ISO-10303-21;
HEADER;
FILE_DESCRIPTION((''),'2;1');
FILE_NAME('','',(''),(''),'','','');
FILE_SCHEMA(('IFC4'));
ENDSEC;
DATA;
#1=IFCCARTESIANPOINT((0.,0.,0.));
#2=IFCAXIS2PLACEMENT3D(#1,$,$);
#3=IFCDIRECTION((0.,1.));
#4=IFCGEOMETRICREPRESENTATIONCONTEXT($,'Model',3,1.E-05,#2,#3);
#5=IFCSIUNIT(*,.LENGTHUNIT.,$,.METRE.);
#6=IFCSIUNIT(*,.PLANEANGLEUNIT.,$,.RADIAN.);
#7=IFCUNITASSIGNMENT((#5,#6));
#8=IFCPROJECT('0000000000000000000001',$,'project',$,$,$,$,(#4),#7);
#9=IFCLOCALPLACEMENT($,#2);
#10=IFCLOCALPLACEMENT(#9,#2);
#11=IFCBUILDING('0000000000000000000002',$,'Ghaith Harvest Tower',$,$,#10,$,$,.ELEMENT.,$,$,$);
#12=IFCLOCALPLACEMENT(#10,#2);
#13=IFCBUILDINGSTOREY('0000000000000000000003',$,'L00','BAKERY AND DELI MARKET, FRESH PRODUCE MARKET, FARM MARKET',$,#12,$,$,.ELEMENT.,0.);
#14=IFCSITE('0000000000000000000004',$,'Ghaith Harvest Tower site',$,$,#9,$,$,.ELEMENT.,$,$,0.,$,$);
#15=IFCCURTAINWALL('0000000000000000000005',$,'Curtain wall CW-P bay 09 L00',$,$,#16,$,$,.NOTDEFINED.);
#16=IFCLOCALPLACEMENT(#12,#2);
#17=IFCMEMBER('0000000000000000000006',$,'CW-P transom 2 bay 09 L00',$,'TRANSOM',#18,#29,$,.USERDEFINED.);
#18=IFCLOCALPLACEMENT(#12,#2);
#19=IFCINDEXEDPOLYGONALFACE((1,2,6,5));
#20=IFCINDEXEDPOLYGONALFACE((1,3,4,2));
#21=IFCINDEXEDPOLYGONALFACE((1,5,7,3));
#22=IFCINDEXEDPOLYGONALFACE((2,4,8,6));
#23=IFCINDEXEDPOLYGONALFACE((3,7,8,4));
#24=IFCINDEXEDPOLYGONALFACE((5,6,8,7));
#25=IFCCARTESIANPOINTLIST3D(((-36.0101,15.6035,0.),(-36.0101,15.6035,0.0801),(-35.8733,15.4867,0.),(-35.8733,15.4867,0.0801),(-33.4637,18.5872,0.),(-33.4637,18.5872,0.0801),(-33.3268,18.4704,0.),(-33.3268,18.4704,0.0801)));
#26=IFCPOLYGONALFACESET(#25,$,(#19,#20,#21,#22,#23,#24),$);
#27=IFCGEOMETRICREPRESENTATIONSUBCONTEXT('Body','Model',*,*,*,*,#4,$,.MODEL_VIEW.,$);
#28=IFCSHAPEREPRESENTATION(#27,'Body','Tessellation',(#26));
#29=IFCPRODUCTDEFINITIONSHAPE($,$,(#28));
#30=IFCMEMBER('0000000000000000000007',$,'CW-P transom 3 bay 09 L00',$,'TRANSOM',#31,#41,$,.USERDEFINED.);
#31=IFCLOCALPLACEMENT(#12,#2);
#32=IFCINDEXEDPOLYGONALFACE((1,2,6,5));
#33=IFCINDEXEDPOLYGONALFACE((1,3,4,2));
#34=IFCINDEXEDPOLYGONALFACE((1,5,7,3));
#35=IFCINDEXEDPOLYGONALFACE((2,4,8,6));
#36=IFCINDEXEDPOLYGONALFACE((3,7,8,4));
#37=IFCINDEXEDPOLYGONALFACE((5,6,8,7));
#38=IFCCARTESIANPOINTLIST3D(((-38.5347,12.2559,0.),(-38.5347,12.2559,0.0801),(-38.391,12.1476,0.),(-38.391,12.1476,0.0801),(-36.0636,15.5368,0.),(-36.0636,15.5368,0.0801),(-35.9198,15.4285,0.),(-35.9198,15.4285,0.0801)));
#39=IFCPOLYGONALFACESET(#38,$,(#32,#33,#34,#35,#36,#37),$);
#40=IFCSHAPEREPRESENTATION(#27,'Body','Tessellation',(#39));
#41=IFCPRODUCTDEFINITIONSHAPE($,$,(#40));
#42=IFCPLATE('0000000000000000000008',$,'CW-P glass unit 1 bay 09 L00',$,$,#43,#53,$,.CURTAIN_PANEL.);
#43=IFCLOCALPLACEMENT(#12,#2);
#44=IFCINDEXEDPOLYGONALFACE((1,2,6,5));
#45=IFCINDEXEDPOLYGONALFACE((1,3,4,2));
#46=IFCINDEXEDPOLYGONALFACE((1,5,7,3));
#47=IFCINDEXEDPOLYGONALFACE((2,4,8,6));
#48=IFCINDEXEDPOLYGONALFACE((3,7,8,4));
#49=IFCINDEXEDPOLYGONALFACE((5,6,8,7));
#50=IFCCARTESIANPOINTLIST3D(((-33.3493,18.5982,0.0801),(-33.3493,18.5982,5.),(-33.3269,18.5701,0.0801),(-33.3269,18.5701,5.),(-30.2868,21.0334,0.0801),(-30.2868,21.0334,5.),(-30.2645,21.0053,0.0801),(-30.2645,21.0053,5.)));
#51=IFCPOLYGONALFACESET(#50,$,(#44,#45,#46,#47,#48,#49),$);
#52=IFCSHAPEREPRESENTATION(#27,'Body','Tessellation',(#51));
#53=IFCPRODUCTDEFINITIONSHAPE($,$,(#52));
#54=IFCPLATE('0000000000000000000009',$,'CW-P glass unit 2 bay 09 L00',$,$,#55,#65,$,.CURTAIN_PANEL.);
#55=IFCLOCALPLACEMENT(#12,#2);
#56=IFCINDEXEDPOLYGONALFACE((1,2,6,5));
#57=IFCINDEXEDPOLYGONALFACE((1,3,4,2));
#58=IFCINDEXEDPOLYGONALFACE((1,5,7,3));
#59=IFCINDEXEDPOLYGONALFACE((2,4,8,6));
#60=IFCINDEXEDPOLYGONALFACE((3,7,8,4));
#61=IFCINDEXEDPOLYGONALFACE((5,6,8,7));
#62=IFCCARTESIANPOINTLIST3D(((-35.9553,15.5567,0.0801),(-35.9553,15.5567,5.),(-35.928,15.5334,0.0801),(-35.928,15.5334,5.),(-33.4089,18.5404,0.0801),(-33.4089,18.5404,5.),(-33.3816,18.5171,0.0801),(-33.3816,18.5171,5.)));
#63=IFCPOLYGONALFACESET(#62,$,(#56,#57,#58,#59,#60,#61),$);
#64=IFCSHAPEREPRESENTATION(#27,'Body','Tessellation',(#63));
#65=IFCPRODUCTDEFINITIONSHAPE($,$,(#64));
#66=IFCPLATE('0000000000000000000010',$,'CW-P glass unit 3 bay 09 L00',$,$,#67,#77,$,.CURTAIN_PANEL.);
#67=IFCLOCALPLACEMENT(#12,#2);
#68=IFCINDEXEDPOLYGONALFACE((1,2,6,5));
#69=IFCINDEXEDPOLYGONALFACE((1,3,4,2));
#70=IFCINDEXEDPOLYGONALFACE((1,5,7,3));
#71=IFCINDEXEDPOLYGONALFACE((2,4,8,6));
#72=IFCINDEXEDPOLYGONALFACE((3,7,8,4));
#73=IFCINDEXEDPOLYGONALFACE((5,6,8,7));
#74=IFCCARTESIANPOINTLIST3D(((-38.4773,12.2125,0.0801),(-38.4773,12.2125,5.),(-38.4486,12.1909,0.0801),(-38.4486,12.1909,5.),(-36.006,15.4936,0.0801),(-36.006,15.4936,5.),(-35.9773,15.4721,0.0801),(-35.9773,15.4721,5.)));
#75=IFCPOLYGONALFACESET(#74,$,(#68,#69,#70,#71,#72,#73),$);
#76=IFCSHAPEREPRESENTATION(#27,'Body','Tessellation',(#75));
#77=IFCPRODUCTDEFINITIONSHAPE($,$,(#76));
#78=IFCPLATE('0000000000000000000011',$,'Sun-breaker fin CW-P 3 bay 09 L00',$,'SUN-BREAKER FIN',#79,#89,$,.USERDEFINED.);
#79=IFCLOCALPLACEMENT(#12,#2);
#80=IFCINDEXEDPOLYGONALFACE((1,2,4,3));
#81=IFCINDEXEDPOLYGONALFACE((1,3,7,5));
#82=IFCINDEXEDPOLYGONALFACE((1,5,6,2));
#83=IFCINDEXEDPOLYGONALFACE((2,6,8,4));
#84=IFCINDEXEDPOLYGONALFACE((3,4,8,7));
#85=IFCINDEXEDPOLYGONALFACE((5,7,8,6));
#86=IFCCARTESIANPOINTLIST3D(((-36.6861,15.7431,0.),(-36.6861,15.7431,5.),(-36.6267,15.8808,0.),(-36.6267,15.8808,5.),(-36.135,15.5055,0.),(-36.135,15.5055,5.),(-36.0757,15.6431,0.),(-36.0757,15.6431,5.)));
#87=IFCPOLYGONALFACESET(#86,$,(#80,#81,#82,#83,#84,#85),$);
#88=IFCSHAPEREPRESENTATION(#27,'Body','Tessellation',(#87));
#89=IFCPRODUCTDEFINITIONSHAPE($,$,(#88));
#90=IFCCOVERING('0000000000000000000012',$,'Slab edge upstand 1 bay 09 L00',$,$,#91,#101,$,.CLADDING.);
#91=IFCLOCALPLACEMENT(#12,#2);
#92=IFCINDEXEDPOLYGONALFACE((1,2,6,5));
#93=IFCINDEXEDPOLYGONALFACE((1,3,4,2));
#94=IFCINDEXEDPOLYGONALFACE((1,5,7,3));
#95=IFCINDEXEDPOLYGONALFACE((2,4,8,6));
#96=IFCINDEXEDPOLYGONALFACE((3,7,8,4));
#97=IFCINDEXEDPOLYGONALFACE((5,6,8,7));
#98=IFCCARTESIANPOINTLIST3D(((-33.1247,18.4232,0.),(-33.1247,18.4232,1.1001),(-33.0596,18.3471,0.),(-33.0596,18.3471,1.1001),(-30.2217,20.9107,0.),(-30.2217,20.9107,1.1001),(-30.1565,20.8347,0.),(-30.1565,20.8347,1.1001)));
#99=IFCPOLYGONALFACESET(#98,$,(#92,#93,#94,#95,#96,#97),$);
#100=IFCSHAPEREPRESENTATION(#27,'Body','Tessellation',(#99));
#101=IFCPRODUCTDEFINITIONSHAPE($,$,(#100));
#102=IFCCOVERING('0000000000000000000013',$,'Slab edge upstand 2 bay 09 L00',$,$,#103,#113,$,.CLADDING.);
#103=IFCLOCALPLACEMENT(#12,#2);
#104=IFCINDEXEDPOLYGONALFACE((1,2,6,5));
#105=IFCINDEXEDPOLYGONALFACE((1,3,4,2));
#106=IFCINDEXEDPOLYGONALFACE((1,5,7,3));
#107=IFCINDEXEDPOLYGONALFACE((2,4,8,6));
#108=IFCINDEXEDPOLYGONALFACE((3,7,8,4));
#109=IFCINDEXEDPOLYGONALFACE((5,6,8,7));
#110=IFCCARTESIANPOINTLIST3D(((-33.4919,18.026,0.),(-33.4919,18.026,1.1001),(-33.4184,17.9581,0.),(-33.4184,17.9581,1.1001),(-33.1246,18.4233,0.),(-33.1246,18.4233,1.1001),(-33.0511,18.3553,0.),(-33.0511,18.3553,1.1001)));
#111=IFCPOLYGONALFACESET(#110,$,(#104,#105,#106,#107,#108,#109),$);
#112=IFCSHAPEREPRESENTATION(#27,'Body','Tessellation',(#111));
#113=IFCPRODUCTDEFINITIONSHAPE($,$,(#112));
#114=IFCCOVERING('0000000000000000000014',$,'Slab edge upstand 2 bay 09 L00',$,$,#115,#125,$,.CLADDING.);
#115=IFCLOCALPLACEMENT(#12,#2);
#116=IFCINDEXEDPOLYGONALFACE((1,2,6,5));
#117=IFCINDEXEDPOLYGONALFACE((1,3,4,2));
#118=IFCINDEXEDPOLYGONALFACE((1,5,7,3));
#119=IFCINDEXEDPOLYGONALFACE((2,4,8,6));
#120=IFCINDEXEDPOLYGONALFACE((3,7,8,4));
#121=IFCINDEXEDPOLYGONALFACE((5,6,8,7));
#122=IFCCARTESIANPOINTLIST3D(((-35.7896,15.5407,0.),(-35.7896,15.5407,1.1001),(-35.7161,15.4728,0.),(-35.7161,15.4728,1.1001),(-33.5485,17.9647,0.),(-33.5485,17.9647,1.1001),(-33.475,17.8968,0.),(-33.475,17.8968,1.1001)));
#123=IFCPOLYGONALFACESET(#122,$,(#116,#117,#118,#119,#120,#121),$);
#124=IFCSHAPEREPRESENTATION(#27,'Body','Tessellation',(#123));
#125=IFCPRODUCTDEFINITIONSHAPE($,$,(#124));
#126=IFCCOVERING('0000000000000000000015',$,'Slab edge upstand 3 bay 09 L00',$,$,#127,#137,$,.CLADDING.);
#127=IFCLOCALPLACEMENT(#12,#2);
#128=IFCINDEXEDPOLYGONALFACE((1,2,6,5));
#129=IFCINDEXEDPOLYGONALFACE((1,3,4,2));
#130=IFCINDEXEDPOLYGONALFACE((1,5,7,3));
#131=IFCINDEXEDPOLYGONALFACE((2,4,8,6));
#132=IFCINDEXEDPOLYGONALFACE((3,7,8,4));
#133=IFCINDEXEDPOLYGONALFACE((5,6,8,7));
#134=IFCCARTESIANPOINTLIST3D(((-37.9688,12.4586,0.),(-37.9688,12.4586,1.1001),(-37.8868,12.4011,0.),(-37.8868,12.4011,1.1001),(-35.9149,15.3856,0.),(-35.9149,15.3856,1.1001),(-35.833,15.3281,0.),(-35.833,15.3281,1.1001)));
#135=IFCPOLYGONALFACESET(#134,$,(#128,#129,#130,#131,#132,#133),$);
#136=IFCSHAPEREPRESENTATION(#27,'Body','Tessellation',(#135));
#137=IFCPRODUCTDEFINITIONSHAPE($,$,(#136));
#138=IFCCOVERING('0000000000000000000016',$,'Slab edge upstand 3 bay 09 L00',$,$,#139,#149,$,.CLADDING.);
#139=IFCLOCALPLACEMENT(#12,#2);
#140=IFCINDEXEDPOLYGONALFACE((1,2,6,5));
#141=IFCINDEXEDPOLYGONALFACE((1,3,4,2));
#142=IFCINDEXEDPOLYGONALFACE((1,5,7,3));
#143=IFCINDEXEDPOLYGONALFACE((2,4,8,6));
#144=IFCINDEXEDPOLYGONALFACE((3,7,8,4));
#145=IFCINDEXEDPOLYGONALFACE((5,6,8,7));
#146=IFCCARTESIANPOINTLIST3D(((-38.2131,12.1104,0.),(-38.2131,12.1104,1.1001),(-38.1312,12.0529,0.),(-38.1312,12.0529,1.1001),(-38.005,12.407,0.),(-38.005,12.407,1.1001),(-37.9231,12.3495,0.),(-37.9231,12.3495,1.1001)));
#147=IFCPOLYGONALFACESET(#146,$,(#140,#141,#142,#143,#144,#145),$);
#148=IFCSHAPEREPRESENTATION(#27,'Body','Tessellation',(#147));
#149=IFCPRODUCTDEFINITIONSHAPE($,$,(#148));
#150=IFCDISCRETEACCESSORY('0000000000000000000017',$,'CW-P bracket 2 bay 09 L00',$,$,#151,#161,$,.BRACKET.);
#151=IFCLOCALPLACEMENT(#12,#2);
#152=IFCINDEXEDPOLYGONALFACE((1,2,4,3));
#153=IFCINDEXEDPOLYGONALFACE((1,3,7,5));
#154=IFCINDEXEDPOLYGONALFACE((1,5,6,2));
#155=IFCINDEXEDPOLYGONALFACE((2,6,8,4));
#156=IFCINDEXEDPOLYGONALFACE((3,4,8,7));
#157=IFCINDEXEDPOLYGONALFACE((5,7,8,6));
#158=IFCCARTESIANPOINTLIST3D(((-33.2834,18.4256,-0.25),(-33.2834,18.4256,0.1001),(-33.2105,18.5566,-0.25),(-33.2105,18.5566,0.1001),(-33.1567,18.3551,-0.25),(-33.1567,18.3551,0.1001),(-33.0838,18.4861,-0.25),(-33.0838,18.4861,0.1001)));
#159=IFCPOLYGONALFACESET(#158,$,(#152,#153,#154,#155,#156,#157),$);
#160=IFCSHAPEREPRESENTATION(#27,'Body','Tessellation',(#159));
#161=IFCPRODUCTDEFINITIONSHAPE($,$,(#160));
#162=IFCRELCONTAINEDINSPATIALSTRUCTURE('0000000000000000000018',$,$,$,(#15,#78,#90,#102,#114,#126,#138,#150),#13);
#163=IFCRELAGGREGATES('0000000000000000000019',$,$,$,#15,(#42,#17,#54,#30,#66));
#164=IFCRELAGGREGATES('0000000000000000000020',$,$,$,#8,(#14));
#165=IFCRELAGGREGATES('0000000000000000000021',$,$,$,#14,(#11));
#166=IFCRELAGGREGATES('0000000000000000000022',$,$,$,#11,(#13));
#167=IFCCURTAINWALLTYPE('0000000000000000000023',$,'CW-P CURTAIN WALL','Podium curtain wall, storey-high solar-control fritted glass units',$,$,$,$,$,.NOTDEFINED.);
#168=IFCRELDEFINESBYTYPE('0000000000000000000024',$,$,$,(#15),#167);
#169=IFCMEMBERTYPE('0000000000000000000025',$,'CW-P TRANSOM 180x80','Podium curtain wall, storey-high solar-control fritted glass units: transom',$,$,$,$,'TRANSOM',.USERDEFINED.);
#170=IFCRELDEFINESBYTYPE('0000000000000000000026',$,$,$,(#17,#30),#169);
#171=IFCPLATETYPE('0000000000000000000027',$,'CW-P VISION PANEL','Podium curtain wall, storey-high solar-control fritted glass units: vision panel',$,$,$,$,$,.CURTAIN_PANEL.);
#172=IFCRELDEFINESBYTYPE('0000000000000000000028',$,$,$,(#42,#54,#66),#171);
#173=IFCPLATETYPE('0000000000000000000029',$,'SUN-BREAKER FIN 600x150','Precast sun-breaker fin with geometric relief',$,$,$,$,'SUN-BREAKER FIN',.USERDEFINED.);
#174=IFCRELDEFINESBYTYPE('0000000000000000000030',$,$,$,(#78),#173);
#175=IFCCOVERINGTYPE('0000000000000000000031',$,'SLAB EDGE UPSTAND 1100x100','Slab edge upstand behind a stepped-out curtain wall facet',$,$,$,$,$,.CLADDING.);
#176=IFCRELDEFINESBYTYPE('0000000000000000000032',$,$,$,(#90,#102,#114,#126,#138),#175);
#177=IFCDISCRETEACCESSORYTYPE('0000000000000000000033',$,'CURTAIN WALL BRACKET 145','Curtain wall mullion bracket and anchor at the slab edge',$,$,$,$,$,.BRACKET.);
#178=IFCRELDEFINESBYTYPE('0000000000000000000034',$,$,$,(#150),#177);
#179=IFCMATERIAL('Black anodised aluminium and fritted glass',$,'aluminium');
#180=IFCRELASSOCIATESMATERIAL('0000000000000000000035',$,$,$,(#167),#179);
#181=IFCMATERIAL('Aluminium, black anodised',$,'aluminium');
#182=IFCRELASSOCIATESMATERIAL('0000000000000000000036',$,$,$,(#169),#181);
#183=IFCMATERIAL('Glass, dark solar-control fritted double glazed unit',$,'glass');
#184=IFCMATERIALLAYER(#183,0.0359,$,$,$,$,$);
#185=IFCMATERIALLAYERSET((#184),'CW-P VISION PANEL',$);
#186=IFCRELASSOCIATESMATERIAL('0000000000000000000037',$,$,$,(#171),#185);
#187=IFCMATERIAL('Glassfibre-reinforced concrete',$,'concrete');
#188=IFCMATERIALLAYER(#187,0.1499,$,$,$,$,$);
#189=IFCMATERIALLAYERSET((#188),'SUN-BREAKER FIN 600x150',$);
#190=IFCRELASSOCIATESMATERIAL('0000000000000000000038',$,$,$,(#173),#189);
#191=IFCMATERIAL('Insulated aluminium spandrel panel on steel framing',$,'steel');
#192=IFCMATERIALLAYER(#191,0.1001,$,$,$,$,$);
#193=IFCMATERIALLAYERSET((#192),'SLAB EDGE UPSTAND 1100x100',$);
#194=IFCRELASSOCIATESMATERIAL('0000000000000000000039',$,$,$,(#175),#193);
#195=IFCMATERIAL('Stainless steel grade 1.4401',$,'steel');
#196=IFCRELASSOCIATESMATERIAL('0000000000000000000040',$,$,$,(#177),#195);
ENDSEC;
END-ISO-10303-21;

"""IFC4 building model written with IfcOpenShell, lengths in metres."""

from ifc_helpers import new_model, si_unit, direction, frame, origin, origin_2d, place, context, subcontext, project, spatial, rectangle, extrude, material, layer, layer_set, material_profile, profile_set, type_object, element, aggregate, save


model = new_model("IFC4")

# Units and contexts
model_context = context("Model", 3, precision=1e-05, world=origin(), true_north=direction((0.0, 1.0)))
body_context = subcontext(model_context, "Body", "Model", "MODEL_VIEW")
ifc_project = project(units=[si_unit("LENGTHUNIT", "METRE"), si_unit("PLANEANGLEUNIT", "RADIAN")], contexts=[model_context])

# Site, building, storey
site_placement = place(None, origin())
site = spatial("IfcSite", under=ifc_project, at=site_placement, Name="Ghaith Harvest Tower site", CompositionType="ELEMENT", RefElevation=0.0)
building_placement = place(site_placement, origin())
building = spatial("IfcBuilding", under=site, at=building_placement, Name="Ghaith Harvest Tower", CompositionType="ELEMENT")
storey_placement = place(building_placement, origin())
storey = spatial("IfcBuildingStorey", under=building, at=storey_placement, Name="L00", Description="BAKERY AND DELI MARKET, FRESH PRODUCE MARKET, FARM MARKET", CompositionType="ELEMENT", Elevation=0.0)

# Curtain wall, members, plates
ifc_material_1 = material(Name="Black anodised aluminium and fritted glass", Category="aluminium")
curtain_wall_type = type_object("IfcCurtainWallType", Name="CW-P CURTAIN WALL", Description="Podium curtain wall, storey-high solar-control fritted glass units", PredefinedType="NOTDEFINED", material=ifc_material_1)
curtain_wall_placement = place(storey_placement, origin())
curtain_wall = element("IfcCurtainWall", 1, at=curtain_wall_placement, inside=storey, type_object=curtain_wall_type, Name="Curtain wall CW-P bay 09 L00", PredefinedType="NOTDEFINED")
ifc_material_2 = material(Name="Aluminium, black anodised", Category="aluminium")
ifc_material_profile_1 = material_profile(ifc_material_2, rectangle(XDim=0.1799, YDim=0.0801, at=origin_2d()), Name="CW-P TRANSOM 180x80")
ifc_profile_set_1 = profile_set([ifc_material_profile_1], Name="Aluminium, black anodised")
member_type_1 = type_object("IfcMemberType", Name="CW-P TRANSOM 180x80", Description="Podium curtain wall, storey-high solar-control fritted glass units: transom", ElementType="TRANSOM", PredefinedType="USERDEFINED", material=ifc_profile_set_1)
member_1_placement = place(storey_placement, frame((-33.3953, 18.5288, 0.04), z_axis=(-0.64917, -0.760643, 0.0), x_axis=(0.760643, -0.64917, 0.0)))
member_1 = element("IfcMember", 2, at=member_1_placement, type_object=member_type_1, Name="CW-P transom 2 bay 09 L00", ObjectType="TRANSOM", PredefinedType="USERDEFINED", context=body_context, shape_type="SweptSolid", body=[
    extrude(rectangle(XDim=0.1799, YDim=0.0801, at=origin_2d()), origin(), (0.0, 0.0, 1.0), 3.9226),
])
member_2_placement = place(storey_placement, frame((-35.9917, 15.4827, 0.04), z_axis=(-0.601625, -0.798779, 0.0), x_axis=(0.798779, -0.601625, 0.0)))
member_2 = element("IfcMember", 3, at=member_2_placement, type_object=member_type_1, Name="CW-P transom 3 bay 09 L00", ObjectType="TRANSOM", PredefinedType="USERDEFINED", context=body_context, shape_type="SweptSolid", body=[
    extrude(rectangle(XDim=0.1799, YDim=0.0801, at=origin_2d()), origin(), (0.0, 0.0, 1.0), 4.1074),
])
ifc_material_3 = material(Name="Glass, dark solar-control fritted double glazed unit", Category="glass")
ifc_layer_1 = layer(ifc_material_3, 0.0359)
ifc_layer_set_1 = layer_set([ifc_layer_1], Name="CW-P VISION PANEL")
plate_type_1 = type_object("IfcPlateType", Name="CW-P VISION PANEL", Description="Podium curtain wall, storey-high solar-control fritted glass units: vision panel", PredefinedType="CURTAIN_PANEL", material=ifc_layer_set_1)
plate_1_placement = place(storey_placement, frame((-31.8069, 19.8018, 0.0801), z_axis=(0.0, 0.0, 1.0), x_axis=(-0.782713, -0.622383, 0.0)))
plate_1 = element("IfcPlate", 4, at=plate_1_placement, type_object=plate_type_1, Name="CW-P glass unit 1 bay 09 L00", PredefinedType="CURTAIN_PANEL", context=body_context, shape_type="SweptSolid", body=[
    extrude(rectangle(XDim=3.9126, YDim=0.0359, at=origin_2d()), origin(), (0.0, 0.0, 1.0), 4.9199),
])
plate_2_placement = place(storey_placement, frame((-34.6685, 17.0369, 0.0801), z_axis=(0.0, 0.0, 1.0), x_axis=(-0.649172, -0.760642, 0.0)))
plate_2 = element("IfcPlate", 5, at=plate_2_placement, type_object=plate_type_1, Name="CW-P glass unit 2 bay 09 L00", PredefinedType="CURTAIN_PANEL", context=body_context, shape_type="SweptSolid", body=[
    extrude(rectangle(XDim=3.9226, YDim=0.0359, at=origin_2d()), origin(), (0.0, 0.0, 1.0), 4.9199),
])
plate_3_placement = place(storey_placement, frame((-37.2273, 13.8423, 0.0801), z_axis=(0.0, 0.0, 1.0), x_axis=(-0.601622, -0.798781, 0.0)))
plate_3 = element("IfcPlate", 6, at=plate_3_placement, type_object=plate_type_1, Name="CW-P glass unit 3 bay 09 L00", PredefinedType="CURTAIN_PANEL", context=body_context, shape_type="SweptSolid", body=[
    extrude(rectangle(XDim=4.1077, YDim=0.0359, at=origin_2d()), origin(), (0.0, 0.0, 1.0), 4.9199),
])
aggregate(curtain_wall, [plate_1, member_1, plate_2, member_2, plate_3])

# Plate
ifc_material_4 = material(Name="Glassfibre-reinforced concrete", Category="concrete")
ifc_layer_2 = layer(ifc_material_4, 0.1499)
ifc_layer_set_2 = layer_set([ifc_layer_2], Name="SUN-BREAKER FIN 600x150")
plate_type_2 = type_object("IfcPlateType", Name="SUN-BREAKER FIN 600x150", Description="Precast sun-breaker fin with geometric relief", ElementType="SUN-BREAKER FIN", PredefinedType="USERDEFINED", material=ifc_layer_set_2)
plate_4_placement = place(storey_placement, frame((-36.3809, 15.6931, 0.0), z_axis=(0.0, 0.0, 1.0), x_axis=(-0.918218, 0.396075, 0.0)))
element("IfcPlate", 7, at=plate_4_placement, inside=storey, type_object=plate_type_2, Name="Sun-breaker fin CW-P 3 bay 09 L00", ObjectType="SUN-BREAKER FIN", PredefinedType="USERDEFINED", context=body_context, shape_type="SweptSolid", body=[
    extrude(rectangle(XDim=0.6001, YDim=0.1499, at=origin_2d()), origin(), (0.0, 0.0, 1.0), 5.0),
])

# Coverings
ifc_material_5 = material(Name="Insulated aluminium spandrel panel on steel framing", Category="steel")
ifc_layer_3 = layer(ifc_material_5, 0.1001)
ifc_layer_set_3 = layer_set([ifc_layer_3], Name="SLAB EDGE UPSTAND 1100x100")
covering_type = type_object("IfcCoveringType", Name="SLAB EDGE UPSTAND 1100x100", Description="Slab edge upstand behind a stepped-out curtain wall facet", PredefinedType="CLADDING", material=ifc_layer_set_3)
covering_1_placement = place(storey_placement, frame((-31.6406, 19.6289, 0.0), z_axis=(0.0, 0.0, 1.0), x_axis=(-0.759361, -0.65067, 0.0)))
element("IfcCovering", 8, at=covering_1_placement, inside=storey, type_object=covering_type, Name="Slab edge upstand 1 bay 09 L00", PredefinedType="CLADDING", context=body_context, shape_type="SweptSolid", body=[
    extrude(rectangle(XDim=3.823, YDim=0.1001, at=origin_2d()), origin(), (0.0, 0.0, 1.0), 1.1001),
])
covering_2_placement = place(storey_placement, frame((-33.2715, 18.1907, 0.0), z_axis=(0.0, 0.0, 1.0), x_axis=(-0.678856, -0.734271, 0.0)))
element("IfcCovering", 9, at=covering_2_placement, inside=storey, type_object=covering_type, Name="Slab edge upstand 2 bay 09 L00", PredefinedType="CLADDING", context=body_context, shape_type="SweptSolid", body=[
    extrude(rectangle(XDim=0.541, YDim=0.1001, at=origin_2d()), origin(), (0.0, 0.0, 1.0), 1.1001),
])
covering_3_placement = place(storey_placement, frame((-34.6323, 16.7188, 0.0), z_axis=(0.0, 0.0, 1.0), x_axis=(-0.678856, -0.734271, 0.0)))
element("IfcCovering", 10, at=covering_3_placement, inside=storey, type_object=covering_type, Name="Slab edge upstand 2 bay 09 L00", PredefinedType="CLADDING", context=body_context, shape_type="SweptSolid", body=[
    extrude(rectangle(XDim=3.3013, YDim=0.1001, at=origin_2d()), origin(), (0.0, 0.0, 1.0), 1.1001),
])
covering_4_placement = place(storey_placement, frame((-36.9009, 13.8933, 0.0), z_axis=(0.0, 0.0, 1.0), x_axis=(-0.574389, -0.818582, 0.0)))
element("IfcCovering", 11, at=covering_4_placement, inside=storey, type_object=covering_type, Name="Slab edge upstand 3 bay 09 L00", PredefinedType="CLADDING", context=body_context, shape_type="SweptSolid", body=[
    extrude(rectangle(XDim=3.5757, YDim=0.1001, at=origin_2d()), origin(), (0.0, 0.0, 1.0), 1.1001),
])
covering_5_placement = place(storey_placement, frame((-38.0681, 12.23, 0.0), z_axis=(0.0, 0.0, 1.0), x_axis=(-0.574389, -0.818582, 0.0)))
element("IfcCovering", 12, at=covering_5_placement, inside=storey, type_object=covering_type, Name="Slab edge upstand 3 bay 09 L00", PredefinedType="CLADDING", context=body_context, shape_type="SweptSolid", body=[
    extrude(rectangle(XDim=0.3623, YDim=0.1001, at=origin_2d()), origin(), (0.0, 0.0, 1.0), 1.1001),
])

# Discrete accessory
ifc_material_6 = material(Name="Stainless steel grade 1.4401", Category="steel")
discrete_accessory_type = type_object("IfcDiscreteAccessoryType", Name="CURTAIN WALL BRACKET 145", Description="Curtain wall mullion bracket and anchor at the slab edge", PredefinedType="BRACKET", material=ifc_material_6)
discrete_accessory_placement = place(storey_placement, frame((-33.1836, 18.4558, -0.25), z_axis=(0.0, 0.0, 1.0), x_axis=(-0.873927, 0.486057, 0.0)))
element("IfcDiscreteAccessory", 13, at=discrete_accessory_placement, inside=storey, type_object=discrete_accessory_type, Name="CW-P bracket 2 bay 09 L00", PredefinedType="BRACKET", context=body_context, shape_type="SweptSolid", body=[
    extrude(rectangle(XDim=0.145, YDim=0.1499, at=origin_2d()), origin(), (0.0, 0.0, 1.0), 0.3501),
])

save(model, "model.ifc")
